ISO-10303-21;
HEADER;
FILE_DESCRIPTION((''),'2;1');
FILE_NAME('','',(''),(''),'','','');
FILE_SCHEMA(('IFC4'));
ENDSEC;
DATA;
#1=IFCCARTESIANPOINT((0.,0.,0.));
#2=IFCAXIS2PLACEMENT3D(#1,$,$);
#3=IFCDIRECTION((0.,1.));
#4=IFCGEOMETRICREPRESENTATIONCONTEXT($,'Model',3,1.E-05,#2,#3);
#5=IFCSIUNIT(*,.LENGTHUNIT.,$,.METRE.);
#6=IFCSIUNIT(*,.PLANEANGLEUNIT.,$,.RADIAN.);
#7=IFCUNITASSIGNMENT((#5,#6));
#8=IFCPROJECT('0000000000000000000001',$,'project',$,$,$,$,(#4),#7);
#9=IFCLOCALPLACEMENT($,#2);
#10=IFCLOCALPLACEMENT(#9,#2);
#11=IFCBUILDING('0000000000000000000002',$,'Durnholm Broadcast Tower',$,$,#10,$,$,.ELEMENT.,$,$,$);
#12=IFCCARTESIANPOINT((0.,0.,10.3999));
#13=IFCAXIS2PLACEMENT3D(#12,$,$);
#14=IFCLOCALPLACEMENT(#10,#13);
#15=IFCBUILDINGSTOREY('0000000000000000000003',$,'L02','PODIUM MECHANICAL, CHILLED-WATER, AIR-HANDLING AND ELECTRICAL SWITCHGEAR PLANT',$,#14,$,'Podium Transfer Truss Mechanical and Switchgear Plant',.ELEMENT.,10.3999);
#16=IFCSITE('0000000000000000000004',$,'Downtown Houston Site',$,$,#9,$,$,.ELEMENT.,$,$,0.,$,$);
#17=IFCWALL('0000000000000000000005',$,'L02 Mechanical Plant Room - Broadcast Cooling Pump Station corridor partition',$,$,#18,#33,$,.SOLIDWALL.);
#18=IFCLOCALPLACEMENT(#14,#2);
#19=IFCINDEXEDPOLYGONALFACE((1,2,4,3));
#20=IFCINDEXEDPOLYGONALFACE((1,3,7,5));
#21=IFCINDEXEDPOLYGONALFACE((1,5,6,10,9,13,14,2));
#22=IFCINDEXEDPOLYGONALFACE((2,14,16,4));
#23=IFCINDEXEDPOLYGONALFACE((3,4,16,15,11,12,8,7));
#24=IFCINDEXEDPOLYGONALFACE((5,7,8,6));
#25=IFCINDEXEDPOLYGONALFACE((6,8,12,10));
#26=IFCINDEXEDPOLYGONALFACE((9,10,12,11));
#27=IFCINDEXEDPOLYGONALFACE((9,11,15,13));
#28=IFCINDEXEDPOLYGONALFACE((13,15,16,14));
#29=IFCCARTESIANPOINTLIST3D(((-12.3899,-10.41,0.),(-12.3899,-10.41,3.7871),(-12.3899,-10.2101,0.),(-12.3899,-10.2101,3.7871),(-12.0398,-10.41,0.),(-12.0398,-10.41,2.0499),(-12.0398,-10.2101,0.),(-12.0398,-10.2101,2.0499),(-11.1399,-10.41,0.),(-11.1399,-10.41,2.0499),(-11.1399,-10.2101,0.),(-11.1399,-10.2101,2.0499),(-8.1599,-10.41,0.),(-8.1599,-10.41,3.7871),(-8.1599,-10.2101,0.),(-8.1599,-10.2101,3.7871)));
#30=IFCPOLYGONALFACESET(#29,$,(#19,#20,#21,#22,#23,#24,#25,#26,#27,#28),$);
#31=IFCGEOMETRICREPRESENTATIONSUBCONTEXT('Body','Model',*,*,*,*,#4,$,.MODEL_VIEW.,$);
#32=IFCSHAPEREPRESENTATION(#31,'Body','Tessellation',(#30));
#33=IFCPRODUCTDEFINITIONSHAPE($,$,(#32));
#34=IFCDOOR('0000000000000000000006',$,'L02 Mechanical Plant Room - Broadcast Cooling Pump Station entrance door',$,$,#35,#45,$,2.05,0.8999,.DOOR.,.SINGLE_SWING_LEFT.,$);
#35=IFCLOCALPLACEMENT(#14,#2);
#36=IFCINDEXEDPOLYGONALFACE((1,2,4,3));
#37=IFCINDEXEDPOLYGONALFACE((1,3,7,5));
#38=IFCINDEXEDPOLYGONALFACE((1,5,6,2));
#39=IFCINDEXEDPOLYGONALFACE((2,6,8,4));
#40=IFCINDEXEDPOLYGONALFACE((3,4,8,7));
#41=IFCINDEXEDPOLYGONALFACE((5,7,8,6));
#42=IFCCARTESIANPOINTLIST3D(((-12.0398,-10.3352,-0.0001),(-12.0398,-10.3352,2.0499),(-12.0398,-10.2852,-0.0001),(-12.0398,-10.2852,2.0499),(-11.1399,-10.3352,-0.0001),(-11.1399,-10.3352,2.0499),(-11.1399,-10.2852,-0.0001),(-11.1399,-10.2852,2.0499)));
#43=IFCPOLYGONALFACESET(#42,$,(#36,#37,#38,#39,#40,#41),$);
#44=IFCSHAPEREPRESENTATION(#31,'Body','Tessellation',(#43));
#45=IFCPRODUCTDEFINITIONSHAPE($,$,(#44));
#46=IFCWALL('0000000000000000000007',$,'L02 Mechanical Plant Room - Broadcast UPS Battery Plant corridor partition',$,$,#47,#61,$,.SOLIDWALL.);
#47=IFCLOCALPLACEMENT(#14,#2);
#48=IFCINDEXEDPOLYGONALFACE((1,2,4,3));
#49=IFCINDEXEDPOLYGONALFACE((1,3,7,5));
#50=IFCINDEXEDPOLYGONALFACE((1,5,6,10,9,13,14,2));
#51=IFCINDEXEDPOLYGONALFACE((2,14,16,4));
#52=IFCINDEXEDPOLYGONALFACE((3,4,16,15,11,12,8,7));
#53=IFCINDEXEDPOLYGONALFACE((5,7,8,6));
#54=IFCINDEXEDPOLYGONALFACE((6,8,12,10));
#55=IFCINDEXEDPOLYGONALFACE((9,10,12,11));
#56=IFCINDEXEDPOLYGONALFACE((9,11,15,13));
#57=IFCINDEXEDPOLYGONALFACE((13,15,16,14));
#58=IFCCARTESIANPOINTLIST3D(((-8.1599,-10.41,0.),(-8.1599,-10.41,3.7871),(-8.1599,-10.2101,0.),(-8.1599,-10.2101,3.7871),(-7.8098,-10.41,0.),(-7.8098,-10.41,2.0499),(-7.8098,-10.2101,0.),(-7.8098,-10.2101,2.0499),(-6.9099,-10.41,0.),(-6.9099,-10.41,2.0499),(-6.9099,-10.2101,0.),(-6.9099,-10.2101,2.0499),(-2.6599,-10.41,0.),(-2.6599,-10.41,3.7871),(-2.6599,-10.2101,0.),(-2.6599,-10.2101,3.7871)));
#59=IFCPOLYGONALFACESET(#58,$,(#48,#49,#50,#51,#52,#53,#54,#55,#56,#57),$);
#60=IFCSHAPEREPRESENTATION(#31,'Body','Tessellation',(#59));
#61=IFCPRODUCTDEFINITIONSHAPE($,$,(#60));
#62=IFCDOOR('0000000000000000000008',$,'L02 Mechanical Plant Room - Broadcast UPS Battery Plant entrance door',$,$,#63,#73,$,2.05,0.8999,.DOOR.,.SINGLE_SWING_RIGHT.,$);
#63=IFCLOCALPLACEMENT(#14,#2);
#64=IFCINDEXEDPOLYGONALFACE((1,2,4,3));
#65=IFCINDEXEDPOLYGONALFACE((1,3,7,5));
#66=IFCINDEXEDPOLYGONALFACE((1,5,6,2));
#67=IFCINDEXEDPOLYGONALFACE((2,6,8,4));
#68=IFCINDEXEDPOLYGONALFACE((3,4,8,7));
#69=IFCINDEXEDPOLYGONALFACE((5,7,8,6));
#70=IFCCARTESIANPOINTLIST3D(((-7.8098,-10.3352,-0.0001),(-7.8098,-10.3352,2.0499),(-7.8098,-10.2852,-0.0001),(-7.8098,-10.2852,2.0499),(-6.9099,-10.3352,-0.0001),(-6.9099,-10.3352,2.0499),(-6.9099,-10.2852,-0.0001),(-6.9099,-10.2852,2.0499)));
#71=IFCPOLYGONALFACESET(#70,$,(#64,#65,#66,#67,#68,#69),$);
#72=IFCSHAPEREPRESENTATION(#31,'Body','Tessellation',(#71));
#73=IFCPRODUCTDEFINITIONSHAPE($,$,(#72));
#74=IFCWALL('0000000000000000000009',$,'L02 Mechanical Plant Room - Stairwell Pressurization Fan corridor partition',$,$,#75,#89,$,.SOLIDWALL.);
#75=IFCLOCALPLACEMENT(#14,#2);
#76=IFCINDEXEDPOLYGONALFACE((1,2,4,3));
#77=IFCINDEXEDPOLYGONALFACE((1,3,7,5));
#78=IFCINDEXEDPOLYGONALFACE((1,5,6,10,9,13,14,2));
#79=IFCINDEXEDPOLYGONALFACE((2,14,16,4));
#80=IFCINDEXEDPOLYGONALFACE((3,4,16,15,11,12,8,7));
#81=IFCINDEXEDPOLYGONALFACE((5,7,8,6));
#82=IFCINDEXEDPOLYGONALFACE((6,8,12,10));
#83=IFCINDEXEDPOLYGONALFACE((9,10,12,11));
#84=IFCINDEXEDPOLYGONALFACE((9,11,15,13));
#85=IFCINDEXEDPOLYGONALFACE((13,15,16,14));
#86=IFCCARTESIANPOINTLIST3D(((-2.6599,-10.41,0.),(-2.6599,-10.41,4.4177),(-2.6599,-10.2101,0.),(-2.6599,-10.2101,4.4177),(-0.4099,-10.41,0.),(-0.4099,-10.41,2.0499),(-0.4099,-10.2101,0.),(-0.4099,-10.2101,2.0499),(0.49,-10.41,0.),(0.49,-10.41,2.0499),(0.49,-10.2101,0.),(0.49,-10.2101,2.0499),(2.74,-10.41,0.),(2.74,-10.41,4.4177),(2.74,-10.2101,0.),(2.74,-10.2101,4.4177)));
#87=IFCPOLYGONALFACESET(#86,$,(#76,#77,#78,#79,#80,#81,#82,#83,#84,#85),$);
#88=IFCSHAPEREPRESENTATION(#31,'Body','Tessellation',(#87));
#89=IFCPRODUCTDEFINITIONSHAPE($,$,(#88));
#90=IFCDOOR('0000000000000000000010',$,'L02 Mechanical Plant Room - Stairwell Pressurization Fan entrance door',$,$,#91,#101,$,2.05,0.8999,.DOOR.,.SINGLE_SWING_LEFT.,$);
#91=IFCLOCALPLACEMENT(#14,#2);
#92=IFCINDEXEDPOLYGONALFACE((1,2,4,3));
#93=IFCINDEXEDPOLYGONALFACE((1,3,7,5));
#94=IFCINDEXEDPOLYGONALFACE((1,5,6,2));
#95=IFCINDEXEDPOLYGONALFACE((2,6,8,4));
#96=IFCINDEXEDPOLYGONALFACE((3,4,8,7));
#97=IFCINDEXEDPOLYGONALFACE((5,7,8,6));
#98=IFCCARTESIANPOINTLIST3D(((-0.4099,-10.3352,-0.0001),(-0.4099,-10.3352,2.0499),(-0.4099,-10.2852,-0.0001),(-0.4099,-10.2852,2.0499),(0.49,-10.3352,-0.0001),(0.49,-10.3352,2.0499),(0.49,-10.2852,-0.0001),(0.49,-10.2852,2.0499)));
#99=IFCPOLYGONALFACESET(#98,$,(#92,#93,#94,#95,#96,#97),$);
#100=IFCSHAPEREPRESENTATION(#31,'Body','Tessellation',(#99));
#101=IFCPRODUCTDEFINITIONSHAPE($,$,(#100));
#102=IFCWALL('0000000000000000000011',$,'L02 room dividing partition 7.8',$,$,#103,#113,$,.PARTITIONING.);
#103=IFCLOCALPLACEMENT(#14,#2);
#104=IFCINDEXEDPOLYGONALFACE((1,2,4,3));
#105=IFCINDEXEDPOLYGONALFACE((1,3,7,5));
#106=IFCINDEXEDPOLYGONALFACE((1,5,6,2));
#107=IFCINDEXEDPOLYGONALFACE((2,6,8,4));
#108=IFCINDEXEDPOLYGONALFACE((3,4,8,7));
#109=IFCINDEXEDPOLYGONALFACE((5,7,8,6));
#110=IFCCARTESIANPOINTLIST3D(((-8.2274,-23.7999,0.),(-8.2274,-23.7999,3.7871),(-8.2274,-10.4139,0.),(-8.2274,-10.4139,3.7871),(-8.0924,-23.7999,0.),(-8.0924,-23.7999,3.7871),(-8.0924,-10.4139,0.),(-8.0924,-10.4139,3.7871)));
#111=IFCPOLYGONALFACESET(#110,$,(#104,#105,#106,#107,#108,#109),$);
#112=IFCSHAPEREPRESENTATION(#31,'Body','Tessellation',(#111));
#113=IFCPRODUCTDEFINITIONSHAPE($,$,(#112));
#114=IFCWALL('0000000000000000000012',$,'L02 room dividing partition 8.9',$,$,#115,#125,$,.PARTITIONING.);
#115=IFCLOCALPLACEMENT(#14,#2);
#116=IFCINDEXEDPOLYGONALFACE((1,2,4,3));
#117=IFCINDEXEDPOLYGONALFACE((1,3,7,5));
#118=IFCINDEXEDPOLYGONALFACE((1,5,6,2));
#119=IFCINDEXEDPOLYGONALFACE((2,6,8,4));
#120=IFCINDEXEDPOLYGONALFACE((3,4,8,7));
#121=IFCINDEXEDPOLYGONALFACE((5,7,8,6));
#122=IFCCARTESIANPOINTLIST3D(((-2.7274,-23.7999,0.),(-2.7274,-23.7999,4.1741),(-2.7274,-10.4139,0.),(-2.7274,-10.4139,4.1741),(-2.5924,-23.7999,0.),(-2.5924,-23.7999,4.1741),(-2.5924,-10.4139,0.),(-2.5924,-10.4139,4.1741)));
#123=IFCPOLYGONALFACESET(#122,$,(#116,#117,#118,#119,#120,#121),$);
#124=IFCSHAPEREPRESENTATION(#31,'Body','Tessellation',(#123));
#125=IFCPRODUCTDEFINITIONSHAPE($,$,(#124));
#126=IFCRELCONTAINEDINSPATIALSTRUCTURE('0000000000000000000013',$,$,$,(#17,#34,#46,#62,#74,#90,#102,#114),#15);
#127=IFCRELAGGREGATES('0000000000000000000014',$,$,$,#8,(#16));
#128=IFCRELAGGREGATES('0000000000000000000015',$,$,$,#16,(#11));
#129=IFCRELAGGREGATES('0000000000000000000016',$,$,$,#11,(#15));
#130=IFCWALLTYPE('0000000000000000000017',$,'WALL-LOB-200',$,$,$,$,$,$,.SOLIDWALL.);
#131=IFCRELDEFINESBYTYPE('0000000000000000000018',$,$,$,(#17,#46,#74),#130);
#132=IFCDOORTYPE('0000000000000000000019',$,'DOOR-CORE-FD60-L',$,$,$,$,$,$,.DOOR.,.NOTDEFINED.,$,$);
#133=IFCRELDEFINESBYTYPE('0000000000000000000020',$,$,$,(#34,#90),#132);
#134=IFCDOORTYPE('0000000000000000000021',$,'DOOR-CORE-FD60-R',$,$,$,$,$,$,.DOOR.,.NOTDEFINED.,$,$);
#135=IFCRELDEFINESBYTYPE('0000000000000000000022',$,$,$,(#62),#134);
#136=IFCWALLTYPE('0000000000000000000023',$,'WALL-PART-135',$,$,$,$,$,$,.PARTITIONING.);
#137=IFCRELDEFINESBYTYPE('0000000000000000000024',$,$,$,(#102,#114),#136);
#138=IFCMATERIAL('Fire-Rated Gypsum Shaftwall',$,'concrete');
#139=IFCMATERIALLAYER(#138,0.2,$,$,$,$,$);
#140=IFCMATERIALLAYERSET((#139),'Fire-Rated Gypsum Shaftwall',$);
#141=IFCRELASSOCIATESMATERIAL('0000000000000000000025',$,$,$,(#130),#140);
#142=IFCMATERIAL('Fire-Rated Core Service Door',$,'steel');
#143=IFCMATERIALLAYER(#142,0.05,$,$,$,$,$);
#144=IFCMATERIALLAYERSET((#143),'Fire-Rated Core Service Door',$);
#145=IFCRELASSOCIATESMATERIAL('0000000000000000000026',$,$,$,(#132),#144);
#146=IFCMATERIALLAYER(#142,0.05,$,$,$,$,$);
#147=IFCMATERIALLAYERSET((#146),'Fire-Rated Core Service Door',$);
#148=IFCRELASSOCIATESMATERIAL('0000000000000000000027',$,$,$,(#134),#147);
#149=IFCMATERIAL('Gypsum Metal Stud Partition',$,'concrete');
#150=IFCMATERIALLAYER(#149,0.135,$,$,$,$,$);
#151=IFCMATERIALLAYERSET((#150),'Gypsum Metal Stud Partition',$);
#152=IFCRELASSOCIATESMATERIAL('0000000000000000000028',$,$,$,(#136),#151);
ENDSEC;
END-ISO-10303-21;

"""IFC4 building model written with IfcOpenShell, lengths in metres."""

from ifc_helpers import new_model, si_unit, direction, frame, frame_2d, origin, place, context, subcontext, project, spatial, rectangle, extrude, source, transform, mapped, material, layer, layer_set, type_object, type_shapes, element, fill, save


model = new_model("IFC4")

# Units and contexts
model_context = context("Model", 3, precision=1e-05, world=origin(), true_north=direction((0.0, 1.0)))
body_context = subcontext(model_context, "Body", "Model", "MODEL_VIEW")
ifc_project = project(units=[si_unit("LENGTHUNIT", "METRE"), si_unit("PLANEANGLEUNIT", "RADIAN")], contexts=[model_context])

# Site, building, storey
site_placement = place(None, origin())
site = spatial("IfcSite", under=ifc_project, at=site_placement, Name="Downtown Houston Site", CompositionType="ELEMENT", RefElevation=0.0)
building_placement = place(site_placement, origin())
building = spatial("IfcBuilding", under=site, at=building_placement, Name="Durnholm Broadcast Tower", CompositionType="ELEMENT")
storey_placement = place(building_placement, frame((0.0, 0.0, 10.3999)))
storey = spatial("IfcBuildingStorey", under=building, at=storey_placement, Name="L02", Description="PODIUM MECHANICAL, CHILLED-WATER, AIR-HANDLING AND ELECTRICAL SWITCHGEAR PLANT", LongName="Podium Transfer Truss Mechanical and Switchgear Plant", CompositionType="ELEMENT", Elevation=10.3999)

# Walls, openings, doors
ifc_material_1 = material(Name="Fire-Rated Gypsum Shaftwall", Category="concrete")
ifc_layer_1 = layer(ifc_material_1, 0.2)
ifc_layer_set_1 = layer_set([ifc_layer_1], Name="Fire-Rated Gypsum Shaftwall")
wall_type_1 = type_object("IfcWallType", Name="WALL-LOB-200", PredefinedType="SOLIDWALL", material=ifc_layer_set_1)
wall_1_placement = place(storey_placement, frame((-12.3899, -10.3101, 0.0), z_axis=(0.0, 0.0, 1.0), x_axis=(1.0, 0.0, 0.0)))
wall_1 = element("IfcWall", 1, at=wall_1_placement, inside=storey, type_object=wall_type_1, Name="L02 Mechanical Plant Room - Broadcast Cooling Pump Station corridor partition", PredefinedType="SOLIDWALL", context=body_context, shape_type="SweptSolid", body=[
    extrude(rectangle(XDim=4.23, YDim=0.2, at=frame_2d((2.115, 0.0))), origin(), (0.0, 0.0, 1.0), 3.7871),
])
opening_1_placement = place(wall_1_placement, frame((0.3501, 0.0, 0.0)))
opening_1 = element("IfcOpeningElement", 2, at=opening_1_placement, cuts=wall_1, PredefinedType="OPENING", context=body_context, shape_type="SweptSolid", body=[
    extrude(rectangle(XDim=0.8999, YDim=2.05, at=frame_2d((0.45, 1.0249))), frame((0.0, 0.1099, 0.0), z_axis=(0.0, -1.0, 0.0), x_axis=(1.0, 0.0, 0.0)), (0.0, 0.0, 1.0), 0.22),
])
ifc_material_2 = material(Name="Fire-Rated Core Service Door", Category="steel")
ifc_layer_2 = layer(ifc_material_2, 0.05)
ifc_layer_set_2 = layer_set([ifc_layer_2], Name="Fire-Rated Core Service Door")
door_type_1 = type_object("IfcDoorType", Name="DOOR-CORE-FD60-L", OperationType="NOTDEFINED", PredefinedType="DOOR", material=ifc_layer_set_2)
shared_shape_1 = source(origin(), body_context, "Body", "SweptSolid", [
    extrude(rectangle(XDim=0.8999, YDim=2.05, at=frame_2d((0.45, 1.0249))), frame((0.0, 0.0249, 0.0), z_axis=(0.0, -1.0, 0.0), x_axis=(1.0, 0.0, 0.0)), (0.0, 0.0, 1.0), 0.05),
])
type_shapes(door_type_1, [shared_shape_1])
door_1_placement = place(opening_1_placement, origin())
door_1 = element("IfcDoor", 3, at=door_1_placement, inside=storey, type_object=door_type_1, Name="L02 Mechanical Plant Room - Broadcast Cooling Pump Station entrance door", OperationType="SINGLE_SWING_LEFT", OverallHeight=2.05, OverallWidth=0.8999, PredefinedType="DOOR", context=body_context, shape_type="MappedRepresentation", body=[
    mapped(shared_shape_1, transform((0.0, 0.0, 0.0), x_axis=(1.0, 0.0, 0.0), y_axis=(0.0, 1.0, 0.0), z_axis=(0.0, 0.0, 1.0), scale=1.0)),
])
fill(opening_1, door_1)
wall_2_placement = place(storey_placement, frame((-8.1599, -10.3101, 0.0), z_axis=(0.0, 0.0, 1.0), x_axis=(1.0, 0.0, 0.0)))
wall_2 = element("IfcWall", 4, at=wall_2_placement, inside=storey, type_object=wall_type_1, Name="L02 Mechanical Plant Room - Broadcast UPS Battery Plant corridor partition", PredefinedType="SOLIDWALL", context=body_context, shape_type="SweptSolid", body=[
    extrude(rectangle(XDim=5.5, YDim=0.2, at=frame_2d((2.75, 0.0))), origin(), (0.0, 0.0, 1.0), 3.7871),
])
opening_2_placement = place(wall_2_placement, frame((0.3501, 0.0, 0.0)))
opening_2 = element("IfcOpeningElement", 5, at=opening_2_placement, cuts=wall_2, PredefinedType="OPENING", context=body_context, shape_type="SweptSolid", body=[
    extrude(rectangle(XDim=0.8999, YDim=2.05, at=frame_2d((0.45, 1.0249))), frame((0.0, 0.1099, 0.0), z_axis=(0.0, -1.0, 0.0), x_axis=(1.0, 0.0, 0.0)), (0.0, 0.0, 1.0), 0.22),
])
ifc_layer_3 = layer(ifc_material_2, 0.05)
ifc_layer_set_3 = layer_set([ifc_layer_3], Name="Fire-Rated Core Service Door")
door_type_2 = type_object("IfcDoorType", Name="DOOR-CORE-FD60-R", OperationType="NOTDEFINED", PredefinedType="DOOR", material=ifc_layer_set_3)
shared_shape_2 = source(origin(), body_context, "Body", "SweptSolid", [
    extrude(rectangle(XDim=0.8999, YDim=2.05, at=frame_2d((0.45, 1.0249))), frame((0.0, 0.0249, 0.0), z_axis=(0.0, -1.0, 0.0), x_axis=(1.0, 0.0, 0.0)), (0.0, 0.0, 1.0), 0.05),
])
type_shapes(door_type_2, [shared_shape_2])
door_2_placement = place(opening_2_placement, origin())
door_2 = element("IfcDoor", 6, at=door_2_placement, inside=storey, type_object=door_type_2, Name="L02 Mechanical Plant Room - Broadcast UPS Battery Plant entrance door", OperationType="SINGLE_SWING_RIGHT", OverallHeight=2.05, OverallWidth=0.8999, PredefinedType="DOOR", context=body_context, shape_type="MappedRepresentation", body=[
    mapped(shared_shape_2, transform((0.0, 0.0, 0.0), x_axis=(1.0, 0.0, 0.0), y_axis=(0.0, 1.0, 0.0), z_axis=(0.0, 0.0, 1.0), scale=1.0)),
])
fill(opening_2, door_2)
wall_3_placement = place(storey_placement, frame((-2.6599, -10.3101, 0.0), z_axis=(0.0, 0.0, 1.0), x_axis=(1.0, 0.0, 0.0)))
wall_3 = element("IfcWall", 7, at=wall_3_placement, inside=storey, type_object=wall_type_1, Name="L02 Mechanical Plant Room - Stairwell Pressurization Fan corridor partition", PredefinedType="SOLIDWALL", context=body_context, shape_type="SweptSolid", body=[
    extrude(rectangle(XDim=5.3999, YDim=0.2, at=frame_2d((2.7, 0.0))), origin(), (0.0, 0.0, 1.0), 4.4177),
])
opening_3_placement = place(wall_3_placement, frame((2.25, 0.0, 0.0)))
opening_3 = element("IfcOpeningElement", 8, at=opening_3_placement, cuts=wall_3, PredefinedType="OPENING", context=body_context, shape_type="SweptSolid", body=[
    extrude(rectangle(XDim=0.8999, YDim=2.05, at=frame_2d((0.45, 1.0249))), frame((0.0, 0.1099, 0.0), z_axis=(0.0, -1.0, 0.0), x_axis=(1.0, 0.0, 0.0)), (0.0, 0.0, 1.0), 0.22),
])
door_3_placement = place(opening_3_placement, origin())
door_3 = element("IfcDoor", 9, at=door_3_placement, inside=storey, type_object=door_type_1, Name="L02 Mechanical Plant Room - Stairwell Pressurization Fan entrance door", OperationType="SINGLE_SWING_LEFT", OverallHeight=2.05, OverallWidth=0.8999, PredefinedType="DOOR", context=body_context, shape_type="MappedRepresentation", body=[
    mapped(shared_shape_1, transform((0.0, 0.0, 0.0), x_axis=(1.0, 0.0, 0.0), y_axis=(0.0, 1.0, 0.0), z_axis=(0.0, 0.0, 1.0), scale=1.0)),
])
fill(opening_3, door_3)

# Walls
ifc_material_3 = material(Name="Gypsum Metal Stud Partition", Category="concrete")
ifc_layer_4 = layer(ifc_material_3, 0.135)
ifc_layer_set_4 = layer_set([ifc_layer_4], Name="Gypsum Metal Stud Partition")
wall_type_2 = type_object("IfcWallType", Name="WALL-PART-135", PredefinedType="PARTITIONING", material=ifc_layer_set_4)
wall_4_placement = place(storey_placement, frame((-8.1599, -10.4141, 0.0), z_axis=(0.0, 0.0, 1.0), x_axis=(0.0, -1.0, 0.0)))
element("IfcWall", 10, at=wall_4_placement, inside=storey, type_object=wall_type_2, Name="L02 room dividing partition 7.8", PredefinedType="PARTITIONING", context=body_context, shape_type="SweptSolid", body=[
    extrude(rectangle(XDim=13.386, YDim=0.135, at=frame_2d((6.6929, 0.0))), origin(), (0.0, 0.0, 1.0), 3.7871),
])
wall_5_placement = place(storey_placement, frame((-2.6599, -10.4141, 0.0), z_axis=(0.0, 0.0, 1.0), x_axis=(0.0, -1.0, 0.0)))
element("IfcWall", 11, at=wall_5_placement, inside=storey, type_object=wall_type_2, Name="L02 room dividing partition 8.9", PredefinedType="PARTITIONING", context=body_context, shape_type="SweptSolid", body=[
    extrude(rectangle(XDim=13.386, YDim=0.135, at=frame_2d((6.6929, 0.0))), origin(), (0.0, 0.0, 1.0), 4.1741),
])

save(model, "model.ifc")
